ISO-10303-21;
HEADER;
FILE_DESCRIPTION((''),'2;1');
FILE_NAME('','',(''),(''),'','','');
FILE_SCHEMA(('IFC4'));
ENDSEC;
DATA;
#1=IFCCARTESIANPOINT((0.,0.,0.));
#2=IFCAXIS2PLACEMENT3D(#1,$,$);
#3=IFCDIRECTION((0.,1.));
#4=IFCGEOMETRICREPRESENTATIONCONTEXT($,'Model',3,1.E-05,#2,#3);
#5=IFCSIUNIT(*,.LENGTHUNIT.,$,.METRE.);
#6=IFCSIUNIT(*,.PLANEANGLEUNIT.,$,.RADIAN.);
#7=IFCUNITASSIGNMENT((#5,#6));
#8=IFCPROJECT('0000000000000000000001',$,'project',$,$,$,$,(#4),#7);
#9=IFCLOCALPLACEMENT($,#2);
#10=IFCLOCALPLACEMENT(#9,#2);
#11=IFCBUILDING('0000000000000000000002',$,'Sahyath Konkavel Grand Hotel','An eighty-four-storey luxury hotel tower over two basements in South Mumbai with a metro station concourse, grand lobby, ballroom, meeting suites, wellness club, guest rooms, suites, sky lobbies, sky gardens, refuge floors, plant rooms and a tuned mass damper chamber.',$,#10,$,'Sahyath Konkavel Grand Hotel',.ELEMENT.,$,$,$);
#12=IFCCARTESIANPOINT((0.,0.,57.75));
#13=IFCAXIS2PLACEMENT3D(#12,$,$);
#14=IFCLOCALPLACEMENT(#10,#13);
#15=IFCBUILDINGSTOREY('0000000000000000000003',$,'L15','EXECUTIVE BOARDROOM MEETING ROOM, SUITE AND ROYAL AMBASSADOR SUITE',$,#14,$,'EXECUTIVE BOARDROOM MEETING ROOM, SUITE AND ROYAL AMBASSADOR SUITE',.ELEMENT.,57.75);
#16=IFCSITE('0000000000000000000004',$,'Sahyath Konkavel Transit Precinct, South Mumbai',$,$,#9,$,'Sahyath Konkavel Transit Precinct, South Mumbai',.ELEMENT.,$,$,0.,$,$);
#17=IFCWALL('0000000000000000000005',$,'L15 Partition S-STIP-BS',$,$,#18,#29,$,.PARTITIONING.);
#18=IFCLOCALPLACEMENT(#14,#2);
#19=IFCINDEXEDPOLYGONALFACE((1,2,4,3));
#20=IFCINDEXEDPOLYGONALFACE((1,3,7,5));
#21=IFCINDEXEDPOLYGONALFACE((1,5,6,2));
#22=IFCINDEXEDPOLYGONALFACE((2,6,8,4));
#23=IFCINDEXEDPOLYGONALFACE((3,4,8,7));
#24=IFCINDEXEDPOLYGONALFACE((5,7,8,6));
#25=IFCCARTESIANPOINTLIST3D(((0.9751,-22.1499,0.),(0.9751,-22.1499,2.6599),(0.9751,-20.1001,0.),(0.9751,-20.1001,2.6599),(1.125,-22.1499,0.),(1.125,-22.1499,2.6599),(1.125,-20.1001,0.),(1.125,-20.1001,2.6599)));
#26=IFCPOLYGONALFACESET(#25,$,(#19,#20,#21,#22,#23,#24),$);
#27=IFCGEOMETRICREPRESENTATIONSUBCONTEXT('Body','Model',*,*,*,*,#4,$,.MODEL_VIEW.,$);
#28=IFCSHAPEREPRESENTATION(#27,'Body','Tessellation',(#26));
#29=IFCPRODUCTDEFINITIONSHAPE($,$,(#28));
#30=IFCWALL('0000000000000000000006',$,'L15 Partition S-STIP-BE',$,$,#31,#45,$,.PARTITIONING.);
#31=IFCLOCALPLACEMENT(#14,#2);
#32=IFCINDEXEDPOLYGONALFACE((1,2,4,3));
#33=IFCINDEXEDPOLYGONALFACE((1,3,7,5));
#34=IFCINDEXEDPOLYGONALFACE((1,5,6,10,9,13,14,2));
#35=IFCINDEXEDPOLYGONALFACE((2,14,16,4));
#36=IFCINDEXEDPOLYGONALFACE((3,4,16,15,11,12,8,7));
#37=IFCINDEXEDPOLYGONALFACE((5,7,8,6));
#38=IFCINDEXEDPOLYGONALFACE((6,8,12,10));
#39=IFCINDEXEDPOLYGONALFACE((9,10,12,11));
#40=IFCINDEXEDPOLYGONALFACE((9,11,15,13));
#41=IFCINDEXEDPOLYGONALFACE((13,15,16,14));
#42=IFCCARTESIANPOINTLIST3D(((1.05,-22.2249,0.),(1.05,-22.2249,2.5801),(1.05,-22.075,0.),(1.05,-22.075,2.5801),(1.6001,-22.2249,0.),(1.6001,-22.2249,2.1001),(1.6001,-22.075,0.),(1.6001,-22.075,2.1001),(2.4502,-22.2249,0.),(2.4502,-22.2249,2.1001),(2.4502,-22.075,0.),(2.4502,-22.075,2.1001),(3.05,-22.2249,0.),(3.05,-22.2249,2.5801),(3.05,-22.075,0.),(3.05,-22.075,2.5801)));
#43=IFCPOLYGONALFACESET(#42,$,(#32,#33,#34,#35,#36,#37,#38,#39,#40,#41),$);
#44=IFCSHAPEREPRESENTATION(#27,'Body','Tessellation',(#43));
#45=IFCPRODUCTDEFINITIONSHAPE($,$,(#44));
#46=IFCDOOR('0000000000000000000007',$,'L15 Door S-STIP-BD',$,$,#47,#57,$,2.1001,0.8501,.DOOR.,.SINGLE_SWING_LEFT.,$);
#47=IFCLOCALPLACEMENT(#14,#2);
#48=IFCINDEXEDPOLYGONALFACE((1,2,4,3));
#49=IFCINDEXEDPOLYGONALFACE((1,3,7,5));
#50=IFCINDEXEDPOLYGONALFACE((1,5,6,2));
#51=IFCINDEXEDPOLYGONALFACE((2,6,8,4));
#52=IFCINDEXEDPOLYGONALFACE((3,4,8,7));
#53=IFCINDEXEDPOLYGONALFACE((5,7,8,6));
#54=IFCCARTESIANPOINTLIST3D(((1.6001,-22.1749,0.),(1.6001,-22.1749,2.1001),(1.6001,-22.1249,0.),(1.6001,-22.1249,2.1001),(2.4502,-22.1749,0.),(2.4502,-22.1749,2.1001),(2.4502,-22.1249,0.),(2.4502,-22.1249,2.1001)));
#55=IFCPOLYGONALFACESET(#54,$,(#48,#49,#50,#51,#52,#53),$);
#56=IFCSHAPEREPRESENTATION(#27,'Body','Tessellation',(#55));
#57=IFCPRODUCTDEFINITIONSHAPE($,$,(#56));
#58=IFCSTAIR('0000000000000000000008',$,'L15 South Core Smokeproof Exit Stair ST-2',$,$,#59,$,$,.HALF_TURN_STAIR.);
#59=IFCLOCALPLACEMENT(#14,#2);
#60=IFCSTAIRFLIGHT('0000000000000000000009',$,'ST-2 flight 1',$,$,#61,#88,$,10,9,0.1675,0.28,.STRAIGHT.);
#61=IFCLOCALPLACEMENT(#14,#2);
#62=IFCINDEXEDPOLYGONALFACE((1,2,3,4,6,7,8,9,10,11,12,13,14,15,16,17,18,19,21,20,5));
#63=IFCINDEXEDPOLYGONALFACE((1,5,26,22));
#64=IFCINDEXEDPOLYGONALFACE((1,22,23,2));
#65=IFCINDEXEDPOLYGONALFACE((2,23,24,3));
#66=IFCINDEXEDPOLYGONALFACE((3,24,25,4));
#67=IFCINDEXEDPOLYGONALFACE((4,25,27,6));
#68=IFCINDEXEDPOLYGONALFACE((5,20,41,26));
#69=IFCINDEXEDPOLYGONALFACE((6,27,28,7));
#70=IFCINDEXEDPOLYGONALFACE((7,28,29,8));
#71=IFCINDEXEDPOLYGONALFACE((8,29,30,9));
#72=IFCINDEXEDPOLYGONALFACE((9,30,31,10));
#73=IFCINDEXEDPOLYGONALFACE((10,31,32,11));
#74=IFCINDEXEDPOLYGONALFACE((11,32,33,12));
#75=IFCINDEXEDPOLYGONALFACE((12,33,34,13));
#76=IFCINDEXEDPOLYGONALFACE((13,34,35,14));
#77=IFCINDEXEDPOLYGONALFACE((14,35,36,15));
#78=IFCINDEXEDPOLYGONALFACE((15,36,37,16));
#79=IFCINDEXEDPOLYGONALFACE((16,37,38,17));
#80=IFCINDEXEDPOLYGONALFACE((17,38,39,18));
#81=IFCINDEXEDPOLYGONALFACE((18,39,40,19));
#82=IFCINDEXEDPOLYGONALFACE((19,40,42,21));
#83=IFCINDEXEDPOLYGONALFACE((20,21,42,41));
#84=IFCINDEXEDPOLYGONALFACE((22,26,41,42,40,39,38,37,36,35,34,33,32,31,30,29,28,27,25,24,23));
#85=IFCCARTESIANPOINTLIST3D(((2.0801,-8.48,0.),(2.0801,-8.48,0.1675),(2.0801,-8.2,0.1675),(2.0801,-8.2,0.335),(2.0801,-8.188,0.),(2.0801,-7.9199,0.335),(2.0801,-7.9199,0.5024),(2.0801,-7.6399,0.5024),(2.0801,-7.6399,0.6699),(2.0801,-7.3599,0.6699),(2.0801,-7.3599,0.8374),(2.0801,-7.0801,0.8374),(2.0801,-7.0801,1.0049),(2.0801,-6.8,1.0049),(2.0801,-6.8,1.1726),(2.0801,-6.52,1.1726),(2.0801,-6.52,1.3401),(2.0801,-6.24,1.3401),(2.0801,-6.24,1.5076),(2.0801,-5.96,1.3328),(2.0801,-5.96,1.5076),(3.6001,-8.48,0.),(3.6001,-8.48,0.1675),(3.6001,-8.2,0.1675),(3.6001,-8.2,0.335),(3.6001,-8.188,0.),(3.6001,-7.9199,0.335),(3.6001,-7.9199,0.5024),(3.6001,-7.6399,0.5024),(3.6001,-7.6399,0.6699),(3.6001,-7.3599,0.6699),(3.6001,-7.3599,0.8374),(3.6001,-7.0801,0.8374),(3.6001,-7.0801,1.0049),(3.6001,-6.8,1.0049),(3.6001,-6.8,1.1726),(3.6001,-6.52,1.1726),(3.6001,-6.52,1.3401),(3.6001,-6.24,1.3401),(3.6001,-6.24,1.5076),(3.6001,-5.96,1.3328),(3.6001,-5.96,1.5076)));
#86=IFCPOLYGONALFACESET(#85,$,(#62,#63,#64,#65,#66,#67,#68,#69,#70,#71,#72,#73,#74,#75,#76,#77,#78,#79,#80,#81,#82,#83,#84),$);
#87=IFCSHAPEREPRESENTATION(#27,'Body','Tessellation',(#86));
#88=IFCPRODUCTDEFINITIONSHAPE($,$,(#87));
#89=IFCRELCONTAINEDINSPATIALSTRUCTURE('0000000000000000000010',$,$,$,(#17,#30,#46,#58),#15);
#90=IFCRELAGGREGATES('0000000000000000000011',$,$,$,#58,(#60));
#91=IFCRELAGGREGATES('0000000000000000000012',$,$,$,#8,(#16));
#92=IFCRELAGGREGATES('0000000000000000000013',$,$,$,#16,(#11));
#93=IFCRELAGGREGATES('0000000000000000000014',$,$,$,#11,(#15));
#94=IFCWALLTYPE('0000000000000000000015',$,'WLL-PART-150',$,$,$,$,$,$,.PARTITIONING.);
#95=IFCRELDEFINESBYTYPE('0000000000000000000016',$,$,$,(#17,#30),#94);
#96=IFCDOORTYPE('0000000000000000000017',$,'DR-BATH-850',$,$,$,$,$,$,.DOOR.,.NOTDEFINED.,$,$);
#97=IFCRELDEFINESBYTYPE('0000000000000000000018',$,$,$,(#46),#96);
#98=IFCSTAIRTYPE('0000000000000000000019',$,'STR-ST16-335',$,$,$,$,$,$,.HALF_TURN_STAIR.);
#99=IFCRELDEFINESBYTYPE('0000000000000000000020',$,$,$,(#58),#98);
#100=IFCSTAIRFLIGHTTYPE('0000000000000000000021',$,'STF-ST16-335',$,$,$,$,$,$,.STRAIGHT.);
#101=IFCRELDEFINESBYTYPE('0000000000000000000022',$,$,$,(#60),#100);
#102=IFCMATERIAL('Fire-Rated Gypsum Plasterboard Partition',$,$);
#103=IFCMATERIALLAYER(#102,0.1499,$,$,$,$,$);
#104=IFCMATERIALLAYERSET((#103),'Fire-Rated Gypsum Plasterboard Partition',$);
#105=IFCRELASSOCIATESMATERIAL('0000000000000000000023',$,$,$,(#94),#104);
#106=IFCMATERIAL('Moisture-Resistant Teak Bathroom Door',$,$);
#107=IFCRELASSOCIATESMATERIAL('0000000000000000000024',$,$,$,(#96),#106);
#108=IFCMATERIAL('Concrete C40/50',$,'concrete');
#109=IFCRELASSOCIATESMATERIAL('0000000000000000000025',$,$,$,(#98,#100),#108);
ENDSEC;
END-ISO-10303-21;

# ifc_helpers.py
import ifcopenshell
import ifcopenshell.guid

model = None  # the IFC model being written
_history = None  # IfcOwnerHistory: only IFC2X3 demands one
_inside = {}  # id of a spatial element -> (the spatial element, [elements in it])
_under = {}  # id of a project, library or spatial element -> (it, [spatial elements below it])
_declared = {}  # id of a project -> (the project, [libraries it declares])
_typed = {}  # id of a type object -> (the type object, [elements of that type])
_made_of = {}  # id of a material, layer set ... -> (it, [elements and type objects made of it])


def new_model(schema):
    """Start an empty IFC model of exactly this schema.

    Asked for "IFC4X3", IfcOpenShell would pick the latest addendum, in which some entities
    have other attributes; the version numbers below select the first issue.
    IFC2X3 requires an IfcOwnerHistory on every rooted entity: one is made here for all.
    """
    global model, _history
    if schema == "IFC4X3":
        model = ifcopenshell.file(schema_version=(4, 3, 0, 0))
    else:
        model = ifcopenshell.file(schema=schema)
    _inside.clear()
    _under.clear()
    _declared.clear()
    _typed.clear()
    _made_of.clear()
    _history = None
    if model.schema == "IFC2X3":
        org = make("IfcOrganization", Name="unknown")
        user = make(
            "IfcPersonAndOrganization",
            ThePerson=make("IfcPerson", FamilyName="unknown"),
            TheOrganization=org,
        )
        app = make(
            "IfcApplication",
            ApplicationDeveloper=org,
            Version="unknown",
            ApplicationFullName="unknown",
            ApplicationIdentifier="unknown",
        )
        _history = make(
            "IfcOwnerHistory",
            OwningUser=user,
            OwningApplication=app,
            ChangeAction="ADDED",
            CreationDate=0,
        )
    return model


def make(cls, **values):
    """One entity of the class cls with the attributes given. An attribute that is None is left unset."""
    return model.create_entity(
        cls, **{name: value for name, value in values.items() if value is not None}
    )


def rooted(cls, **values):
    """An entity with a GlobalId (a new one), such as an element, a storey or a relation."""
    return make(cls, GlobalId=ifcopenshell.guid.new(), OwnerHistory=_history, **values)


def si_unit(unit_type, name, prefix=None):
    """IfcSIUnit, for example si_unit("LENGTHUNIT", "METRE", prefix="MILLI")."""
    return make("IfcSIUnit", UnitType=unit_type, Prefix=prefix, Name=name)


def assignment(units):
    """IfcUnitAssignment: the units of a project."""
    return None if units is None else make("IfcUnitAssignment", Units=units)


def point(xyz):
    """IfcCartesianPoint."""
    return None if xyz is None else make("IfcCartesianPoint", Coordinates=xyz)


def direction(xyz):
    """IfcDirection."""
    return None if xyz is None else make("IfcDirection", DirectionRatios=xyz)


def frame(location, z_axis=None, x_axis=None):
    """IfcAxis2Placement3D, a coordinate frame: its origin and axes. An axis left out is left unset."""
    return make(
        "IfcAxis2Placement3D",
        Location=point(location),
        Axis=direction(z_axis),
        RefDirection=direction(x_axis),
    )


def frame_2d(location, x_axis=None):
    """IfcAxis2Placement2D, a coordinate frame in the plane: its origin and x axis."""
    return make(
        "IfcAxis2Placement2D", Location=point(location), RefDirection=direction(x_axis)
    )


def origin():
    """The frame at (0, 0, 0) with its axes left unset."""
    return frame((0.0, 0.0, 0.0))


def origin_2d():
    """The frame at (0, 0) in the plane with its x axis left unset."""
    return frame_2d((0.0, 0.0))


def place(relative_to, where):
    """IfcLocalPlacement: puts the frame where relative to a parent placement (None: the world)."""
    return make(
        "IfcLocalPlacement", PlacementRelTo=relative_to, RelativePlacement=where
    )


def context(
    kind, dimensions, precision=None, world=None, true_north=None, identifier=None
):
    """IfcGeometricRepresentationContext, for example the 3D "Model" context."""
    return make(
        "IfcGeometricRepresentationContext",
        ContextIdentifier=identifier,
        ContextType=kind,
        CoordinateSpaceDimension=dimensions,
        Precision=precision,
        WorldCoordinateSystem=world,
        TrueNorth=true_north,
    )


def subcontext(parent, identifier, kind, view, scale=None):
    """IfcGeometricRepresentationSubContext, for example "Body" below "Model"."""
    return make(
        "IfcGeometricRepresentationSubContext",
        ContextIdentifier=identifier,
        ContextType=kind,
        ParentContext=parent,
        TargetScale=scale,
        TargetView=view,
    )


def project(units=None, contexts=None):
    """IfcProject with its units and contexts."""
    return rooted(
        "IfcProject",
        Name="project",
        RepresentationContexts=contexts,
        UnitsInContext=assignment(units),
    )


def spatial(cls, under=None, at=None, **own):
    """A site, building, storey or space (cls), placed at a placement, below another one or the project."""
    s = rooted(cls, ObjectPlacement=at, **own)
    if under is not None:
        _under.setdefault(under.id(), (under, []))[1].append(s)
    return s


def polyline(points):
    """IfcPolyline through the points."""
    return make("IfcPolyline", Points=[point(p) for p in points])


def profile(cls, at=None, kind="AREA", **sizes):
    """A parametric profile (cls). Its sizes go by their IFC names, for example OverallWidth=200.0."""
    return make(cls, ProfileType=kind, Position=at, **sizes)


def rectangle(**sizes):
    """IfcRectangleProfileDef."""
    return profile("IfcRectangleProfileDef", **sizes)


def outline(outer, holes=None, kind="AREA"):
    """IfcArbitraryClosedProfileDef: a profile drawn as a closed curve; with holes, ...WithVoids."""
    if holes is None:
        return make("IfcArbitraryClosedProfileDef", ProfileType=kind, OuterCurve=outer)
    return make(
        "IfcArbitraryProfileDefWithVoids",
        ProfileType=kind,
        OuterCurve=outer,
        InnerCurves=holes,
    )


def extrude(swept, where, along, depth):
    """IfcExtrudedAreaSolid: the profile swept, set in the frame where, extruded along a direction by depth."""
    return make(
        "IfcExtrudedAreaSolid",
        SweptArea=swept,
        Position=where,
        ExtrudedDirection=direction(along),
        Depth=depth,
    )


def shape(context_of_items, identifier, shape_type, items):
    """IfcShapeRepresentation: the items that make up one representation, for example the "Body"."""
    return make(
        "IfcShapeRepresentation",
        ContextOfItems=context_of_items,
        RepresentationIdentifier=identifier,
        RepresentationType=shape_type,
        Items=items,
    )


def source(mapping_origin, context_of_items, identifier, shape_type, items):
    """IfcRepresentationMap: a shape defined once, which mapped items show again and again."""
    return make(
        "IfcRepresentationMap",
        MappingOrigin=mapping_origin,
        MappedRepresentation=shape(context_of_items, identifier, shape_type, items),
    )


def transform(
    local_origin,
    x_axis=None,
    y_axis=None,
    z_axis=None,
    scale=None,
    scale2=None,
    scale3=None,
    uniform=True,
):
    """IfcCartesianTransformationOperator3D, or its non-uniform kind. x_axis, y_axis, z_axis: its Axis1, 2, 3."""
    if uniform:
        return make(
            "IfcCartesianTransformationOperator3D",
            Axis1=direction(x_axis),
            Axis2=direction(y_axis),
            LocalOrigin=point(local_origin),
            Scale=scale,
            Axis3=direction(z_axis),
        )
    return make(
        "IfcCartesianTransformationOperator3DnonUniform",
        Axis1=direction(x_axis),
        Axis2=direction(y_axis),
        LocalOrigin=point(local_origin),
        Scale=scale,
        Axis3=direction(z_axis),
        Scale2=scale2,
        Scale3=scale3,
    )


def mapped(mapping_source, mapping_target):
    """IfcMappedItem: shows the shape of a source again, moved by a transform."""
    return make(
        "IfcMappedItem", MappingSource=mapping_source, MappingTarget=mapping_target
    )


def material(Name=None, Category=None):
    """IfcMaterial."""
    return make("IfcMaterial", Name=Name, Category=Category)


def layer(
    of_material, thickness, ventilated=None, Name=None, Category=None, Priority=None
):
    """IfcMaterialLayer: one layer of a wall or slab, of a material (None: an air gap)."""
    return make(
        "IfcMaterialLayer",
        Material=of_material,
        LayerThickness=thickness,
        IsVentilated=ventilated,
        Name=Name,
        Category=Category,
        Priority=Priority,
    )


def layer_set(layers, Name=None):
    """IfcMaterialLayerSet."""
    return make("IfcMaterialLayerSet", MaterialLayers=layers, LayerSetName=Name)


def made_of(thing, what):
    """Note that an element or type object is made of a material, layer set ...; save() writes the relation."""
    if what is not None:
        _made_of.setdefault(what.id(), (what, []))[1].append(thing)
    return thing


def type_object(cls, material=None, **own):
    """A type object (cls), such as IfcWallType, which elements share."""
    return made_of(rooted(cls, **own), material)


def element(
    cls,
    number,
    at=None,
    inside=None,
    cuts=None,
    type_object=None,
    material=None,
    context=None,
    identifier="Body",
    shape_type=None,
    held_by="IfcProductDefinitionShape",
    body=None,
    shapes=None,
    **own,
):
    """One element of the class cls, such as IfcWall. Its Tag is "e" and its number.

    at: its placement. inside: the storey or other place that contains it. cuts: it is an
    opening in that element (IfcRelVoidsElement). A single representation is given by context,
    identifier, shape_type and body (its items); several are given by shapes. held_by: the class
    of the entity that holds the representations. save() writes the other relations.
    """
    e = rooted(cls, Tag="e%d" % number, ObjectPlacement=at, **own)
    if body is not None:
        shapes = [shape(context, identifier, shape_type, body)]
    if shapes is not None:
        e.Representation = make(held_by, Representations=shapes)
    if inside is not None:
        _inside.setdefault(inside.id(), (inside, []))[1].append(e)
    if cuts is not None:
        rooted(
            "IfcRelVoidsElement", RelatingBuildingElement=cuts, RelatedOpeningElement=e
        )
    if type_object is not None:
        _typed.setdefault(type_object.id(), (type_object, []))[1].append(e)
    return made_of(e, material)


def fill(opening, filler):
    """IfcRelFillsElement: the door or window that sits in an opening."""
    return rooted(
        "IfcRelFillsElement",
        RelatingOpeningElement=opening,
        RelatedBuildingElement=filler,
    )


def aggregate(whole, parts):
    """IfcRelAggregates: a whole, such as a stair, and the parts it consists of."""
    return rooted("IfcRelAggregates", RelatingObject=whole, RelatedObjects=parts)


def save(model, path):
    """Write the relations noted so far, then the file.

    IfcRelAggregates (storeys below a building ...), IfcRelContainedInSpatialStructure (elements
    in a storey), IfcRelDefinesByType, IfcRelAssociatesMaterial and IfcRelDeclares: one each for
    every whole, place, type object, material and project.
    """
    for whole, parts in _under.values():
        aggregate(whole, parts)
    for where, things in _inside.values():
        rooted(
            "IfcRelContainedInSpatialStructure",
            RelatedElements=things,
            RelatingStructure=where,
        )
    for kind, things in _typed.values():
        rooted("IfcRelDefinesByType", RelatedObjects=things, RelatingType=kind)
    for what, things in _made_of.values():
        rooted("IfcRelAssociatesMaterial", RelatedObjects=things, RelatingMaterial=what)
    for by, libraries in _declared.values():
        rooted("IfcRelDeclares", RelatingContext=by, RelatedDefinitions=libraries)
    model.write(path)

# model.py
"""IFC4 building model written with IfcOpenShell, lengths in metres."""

from ifc_helpers import new_model, si_unit, direction, frame, frame_2d, origin, origin_2d, place, context, subcontext, project, spatial, polyline, rectangle, outline, extrude, source, transform, mapped, material, layer, layer_set, type_object, element, fill, aggregate, save


model = new_model("IFC4")

# Units and contexts
model_context = context("Model", 3, precision=1e-05, world=origin(), true_north=direction((0.0, 1.0)))
body_context = subcontext(model_context, "Body", "Model", "MODEL_VIEW")
ifc_project = project(units=[si_unit("LENGTHUNIT", "METRE"), si_unit("PLANEANGLEUNIT", "RADIAN")], contexts=[model_context])

# Site, building, storey
site_placement = place(None, origin())
site = spatial("IfcSite", under=ifc_project, at=site_placement, Name="Sahyath Konkavel Transit Precinct, South Mumbai", LongName="Sahyath Konkavel Transit Precinct, South Mumbai", CompositionType="ELEMENT", RefElevation=0.0)
building_placement = place(site_placement, origin())
building = spatial("IfcBuilding", under=site, at=building_placement, Name="Sahyath Konkavel Grand Hotel", Description="An eighty-four-storey luxury hotel tower over two basements in South Mumbai with a metro station concourse, grand lobby, ballroom, meeting suites, wellness club, guest rooms, suites, sky lobbies, sky gardens, refuge floors, plant rooms and a tuned mass damper chamber.", LongName="Sahyath Konkavel Grand Hotel", CompositionType="ELEMENT")
storey_placement = place(building_placement, frame((0.0, 0.0, 57.75)))
storey = spatial("IfcBuildingStorey", under=building, at=storey_placement, Name="L15", Description="EXECUTIVE BOARDROOM MEETING ROOM, SUITE AND ROYAL AMBASSADOR SUITE", LongName="EXECUTIVE BOARDROOM MEETING ROOM, SUITE AND ROYAL AMBASSADOR SUITE", CompositionType="ELEMENT", Elevation=57.75)

# Shared definitions
ifc_material_1 = material(Name="Concrete C40/50", Category="concrete")

# Wall
ifc_material_2 = material(Name="Fire-Rated Gypsum Plasterboard Partition")
ifc_layer_1 = layer(ifc_material_2, 0.1499)
ifc_layer_set_1 = layer_set([ifc_layer_1], Name="Fire-Rated Gypsum Plasterboard Partition")
wall_type_1 = type_object("IfcWallType", Name="WLL-PART-150", PredefinedType="PARTITIONING", material=ifc_layer_set_1)
for number, where, z_axis, x_axis, name in (
    (1, (1.05, -20.1001, 0.0), (0.0, 0.0, 1.0), (0.0, -1.0, 0.0), "L15 Partition S-STIP-BS"),
):
    element("IfcWall", number, at=place(storey_placement, frame(where, z_axis=z_axis, x_axis=x_axis)), inside=storey, type_object=wall_type_1, Name=name, PredefinedType="PARTITIONING", context=body_context, shape_type="SweptSolid", body=[
        extrude(rectangle(XDim=2.0498, YDim=0.1499, at=frame_2d((1.0249, 0.0))), origin(), (0.0, 0.0, 1.0), 2.6599),
    ])

# Wall, opening, door
wall_1_placement = place(storey_placement, frame((1.05, -22.1499, 0.0), z_axis=(0.0, 0.0, 1.0), x_axis=(1.0, 0.0, 0.0)))
wall_1 = element("IfcWall", 2, at=wall_1_placement, inside=storey, type_object=wall_type_1, Name="L15 Partition S-STIP-BE", PredefinedType="PARTITIONING", context=body_context, shape_type="SweptSolid", body=[
    extrude(rectangle(XDim=2.0, YDim=0.1499, at=frame_2d((1.0, 0.0))), origin(), (0.0, 0.0, 1.0), 2.5801),
])
opening_1_placement = place(wall_1_placement, frame((0.55, 0.0, 0.0)))
opening_1 = element("IfcOpeningElement", 3, at=opening_1_placement, cuts=wall_1, PredefinedType="OPENING", context=body_context, shape_type="SweptSolid", body=[
    extrude(rectangle(XDim=0.8501, YDim=2.1001, at=frame_2d((0.425, 1.05))), frame((0.0, 0.085, 0.0), z_axis=(0.0, -1.0, 0.0), x_axis=(1.0, 0.0, 0.0)), (0.0, 0.0, 1.0), 0.1699),
])
ifc_material_3 = material(Name="Moisture-Resistant Teak Bathroom Door")
door_type_1 = type_object("IfcDoorType", Name="DR-BATH-850", OperationType="NOTDEFINED", PredefinedType="DOOR", material=ifc_material_3)
shared_shape_1 = source(origin(), body_context, "Body", "SweptSolid", [
    extrude(rectangle(XDim=0.8501, YDim=0.05, at=origin_2d()), origin(), (0.0, 0.0, 1.0), 2.1001),
])
door_1_placement = place(opening_1_placement, frame((0.425, 0.0, 0.0)))
door_1 = element("IfcDoor", 4, at=door_1_placement, inside=storey, type_object=door_type_1, Name="L15 Door S-STIP-BD", OperationType="SINGLE_SWING_LEFT", OverallHeight=2.1001, OverallWidth=0.8501, PredefinedType="DOOR", context=body_context, shape_type="MappedRepresentation", body=[
    mapped(shared_shape_1, transform((0.0, 0.0, 0.0), scale=1.0)),
])
fill(opening_1, door_1)

# Stair, stair flight
stair_type = type_object("IfcStairType", Name="STR-ST16-335", PredefinedType="HALF_TURN_STAIR", material=ifc_material_1)
stair_placement = place(storey_placement, origin())
stair = element("IfcStair", 5, at=stair_placement, inside=storey, type_object=stair_type, Name="L15 South Core Smokeproof Exit Stair ST-2", PredefinedType="HALF_TURN_STAIR")
stair_flight_type = type_object("IfcStairFlightType", Name="STF-ST16-335", PredefinedType="STRAIGHT", material=ifc_material_1)
stair_flight_placement = place(storey_placement, frame((2.8401, -8.48, 0.0), z_axis=(0.0, 0.0, 1.0), x_axis=(0.0, 1.0, 0.0)))
stair_flight = element("IfcStairFlight", 6, at=stair_flight_placement, type_object=stair_flight_type, Name="ST-2 flight 1", NumberOfRisers=10, NumberOfTreads=9, PredefinedType="STRAIGHT", RiserHeight=0.1675, TreadLength=0.28, context=body_context, shape_type="SweptSolid", body=[
    extrude(outline(polyline([(0.0, 0.0), (0.0, 0.1675), (0.28, 0.1675), (0.28, 0.335), (0.5601, 0.335), (0.5601, 0.5024), (0.8401, 0.5024), (0.8401, 0.6699), (1.1201, 0.6699), (1.1201, 0.8374), (1.3999, 0.8374), (1.3999, 1.0049), (1.6799, 1.0049), (1.6799, 1.1726), (1.96, 1.1726), (1.96, 1.3401), (2.24, 1.3401), (2.24, 1.5076), (2.52, 1.5076), (2.52, 1.675), (2.52, 1.3328), (0.292, 0.0), (0.0, 0.0)])), frame((0.0, 0.76, 0.0), z_axis=(0.0, -1.0, 0.0), x_axis=(1.0, 0.0, 0.0)), (0.0, 0.0, 1.0), 1.52),
])
aggregate(stair, [stair_flight])

save(model, "model.ifc")
